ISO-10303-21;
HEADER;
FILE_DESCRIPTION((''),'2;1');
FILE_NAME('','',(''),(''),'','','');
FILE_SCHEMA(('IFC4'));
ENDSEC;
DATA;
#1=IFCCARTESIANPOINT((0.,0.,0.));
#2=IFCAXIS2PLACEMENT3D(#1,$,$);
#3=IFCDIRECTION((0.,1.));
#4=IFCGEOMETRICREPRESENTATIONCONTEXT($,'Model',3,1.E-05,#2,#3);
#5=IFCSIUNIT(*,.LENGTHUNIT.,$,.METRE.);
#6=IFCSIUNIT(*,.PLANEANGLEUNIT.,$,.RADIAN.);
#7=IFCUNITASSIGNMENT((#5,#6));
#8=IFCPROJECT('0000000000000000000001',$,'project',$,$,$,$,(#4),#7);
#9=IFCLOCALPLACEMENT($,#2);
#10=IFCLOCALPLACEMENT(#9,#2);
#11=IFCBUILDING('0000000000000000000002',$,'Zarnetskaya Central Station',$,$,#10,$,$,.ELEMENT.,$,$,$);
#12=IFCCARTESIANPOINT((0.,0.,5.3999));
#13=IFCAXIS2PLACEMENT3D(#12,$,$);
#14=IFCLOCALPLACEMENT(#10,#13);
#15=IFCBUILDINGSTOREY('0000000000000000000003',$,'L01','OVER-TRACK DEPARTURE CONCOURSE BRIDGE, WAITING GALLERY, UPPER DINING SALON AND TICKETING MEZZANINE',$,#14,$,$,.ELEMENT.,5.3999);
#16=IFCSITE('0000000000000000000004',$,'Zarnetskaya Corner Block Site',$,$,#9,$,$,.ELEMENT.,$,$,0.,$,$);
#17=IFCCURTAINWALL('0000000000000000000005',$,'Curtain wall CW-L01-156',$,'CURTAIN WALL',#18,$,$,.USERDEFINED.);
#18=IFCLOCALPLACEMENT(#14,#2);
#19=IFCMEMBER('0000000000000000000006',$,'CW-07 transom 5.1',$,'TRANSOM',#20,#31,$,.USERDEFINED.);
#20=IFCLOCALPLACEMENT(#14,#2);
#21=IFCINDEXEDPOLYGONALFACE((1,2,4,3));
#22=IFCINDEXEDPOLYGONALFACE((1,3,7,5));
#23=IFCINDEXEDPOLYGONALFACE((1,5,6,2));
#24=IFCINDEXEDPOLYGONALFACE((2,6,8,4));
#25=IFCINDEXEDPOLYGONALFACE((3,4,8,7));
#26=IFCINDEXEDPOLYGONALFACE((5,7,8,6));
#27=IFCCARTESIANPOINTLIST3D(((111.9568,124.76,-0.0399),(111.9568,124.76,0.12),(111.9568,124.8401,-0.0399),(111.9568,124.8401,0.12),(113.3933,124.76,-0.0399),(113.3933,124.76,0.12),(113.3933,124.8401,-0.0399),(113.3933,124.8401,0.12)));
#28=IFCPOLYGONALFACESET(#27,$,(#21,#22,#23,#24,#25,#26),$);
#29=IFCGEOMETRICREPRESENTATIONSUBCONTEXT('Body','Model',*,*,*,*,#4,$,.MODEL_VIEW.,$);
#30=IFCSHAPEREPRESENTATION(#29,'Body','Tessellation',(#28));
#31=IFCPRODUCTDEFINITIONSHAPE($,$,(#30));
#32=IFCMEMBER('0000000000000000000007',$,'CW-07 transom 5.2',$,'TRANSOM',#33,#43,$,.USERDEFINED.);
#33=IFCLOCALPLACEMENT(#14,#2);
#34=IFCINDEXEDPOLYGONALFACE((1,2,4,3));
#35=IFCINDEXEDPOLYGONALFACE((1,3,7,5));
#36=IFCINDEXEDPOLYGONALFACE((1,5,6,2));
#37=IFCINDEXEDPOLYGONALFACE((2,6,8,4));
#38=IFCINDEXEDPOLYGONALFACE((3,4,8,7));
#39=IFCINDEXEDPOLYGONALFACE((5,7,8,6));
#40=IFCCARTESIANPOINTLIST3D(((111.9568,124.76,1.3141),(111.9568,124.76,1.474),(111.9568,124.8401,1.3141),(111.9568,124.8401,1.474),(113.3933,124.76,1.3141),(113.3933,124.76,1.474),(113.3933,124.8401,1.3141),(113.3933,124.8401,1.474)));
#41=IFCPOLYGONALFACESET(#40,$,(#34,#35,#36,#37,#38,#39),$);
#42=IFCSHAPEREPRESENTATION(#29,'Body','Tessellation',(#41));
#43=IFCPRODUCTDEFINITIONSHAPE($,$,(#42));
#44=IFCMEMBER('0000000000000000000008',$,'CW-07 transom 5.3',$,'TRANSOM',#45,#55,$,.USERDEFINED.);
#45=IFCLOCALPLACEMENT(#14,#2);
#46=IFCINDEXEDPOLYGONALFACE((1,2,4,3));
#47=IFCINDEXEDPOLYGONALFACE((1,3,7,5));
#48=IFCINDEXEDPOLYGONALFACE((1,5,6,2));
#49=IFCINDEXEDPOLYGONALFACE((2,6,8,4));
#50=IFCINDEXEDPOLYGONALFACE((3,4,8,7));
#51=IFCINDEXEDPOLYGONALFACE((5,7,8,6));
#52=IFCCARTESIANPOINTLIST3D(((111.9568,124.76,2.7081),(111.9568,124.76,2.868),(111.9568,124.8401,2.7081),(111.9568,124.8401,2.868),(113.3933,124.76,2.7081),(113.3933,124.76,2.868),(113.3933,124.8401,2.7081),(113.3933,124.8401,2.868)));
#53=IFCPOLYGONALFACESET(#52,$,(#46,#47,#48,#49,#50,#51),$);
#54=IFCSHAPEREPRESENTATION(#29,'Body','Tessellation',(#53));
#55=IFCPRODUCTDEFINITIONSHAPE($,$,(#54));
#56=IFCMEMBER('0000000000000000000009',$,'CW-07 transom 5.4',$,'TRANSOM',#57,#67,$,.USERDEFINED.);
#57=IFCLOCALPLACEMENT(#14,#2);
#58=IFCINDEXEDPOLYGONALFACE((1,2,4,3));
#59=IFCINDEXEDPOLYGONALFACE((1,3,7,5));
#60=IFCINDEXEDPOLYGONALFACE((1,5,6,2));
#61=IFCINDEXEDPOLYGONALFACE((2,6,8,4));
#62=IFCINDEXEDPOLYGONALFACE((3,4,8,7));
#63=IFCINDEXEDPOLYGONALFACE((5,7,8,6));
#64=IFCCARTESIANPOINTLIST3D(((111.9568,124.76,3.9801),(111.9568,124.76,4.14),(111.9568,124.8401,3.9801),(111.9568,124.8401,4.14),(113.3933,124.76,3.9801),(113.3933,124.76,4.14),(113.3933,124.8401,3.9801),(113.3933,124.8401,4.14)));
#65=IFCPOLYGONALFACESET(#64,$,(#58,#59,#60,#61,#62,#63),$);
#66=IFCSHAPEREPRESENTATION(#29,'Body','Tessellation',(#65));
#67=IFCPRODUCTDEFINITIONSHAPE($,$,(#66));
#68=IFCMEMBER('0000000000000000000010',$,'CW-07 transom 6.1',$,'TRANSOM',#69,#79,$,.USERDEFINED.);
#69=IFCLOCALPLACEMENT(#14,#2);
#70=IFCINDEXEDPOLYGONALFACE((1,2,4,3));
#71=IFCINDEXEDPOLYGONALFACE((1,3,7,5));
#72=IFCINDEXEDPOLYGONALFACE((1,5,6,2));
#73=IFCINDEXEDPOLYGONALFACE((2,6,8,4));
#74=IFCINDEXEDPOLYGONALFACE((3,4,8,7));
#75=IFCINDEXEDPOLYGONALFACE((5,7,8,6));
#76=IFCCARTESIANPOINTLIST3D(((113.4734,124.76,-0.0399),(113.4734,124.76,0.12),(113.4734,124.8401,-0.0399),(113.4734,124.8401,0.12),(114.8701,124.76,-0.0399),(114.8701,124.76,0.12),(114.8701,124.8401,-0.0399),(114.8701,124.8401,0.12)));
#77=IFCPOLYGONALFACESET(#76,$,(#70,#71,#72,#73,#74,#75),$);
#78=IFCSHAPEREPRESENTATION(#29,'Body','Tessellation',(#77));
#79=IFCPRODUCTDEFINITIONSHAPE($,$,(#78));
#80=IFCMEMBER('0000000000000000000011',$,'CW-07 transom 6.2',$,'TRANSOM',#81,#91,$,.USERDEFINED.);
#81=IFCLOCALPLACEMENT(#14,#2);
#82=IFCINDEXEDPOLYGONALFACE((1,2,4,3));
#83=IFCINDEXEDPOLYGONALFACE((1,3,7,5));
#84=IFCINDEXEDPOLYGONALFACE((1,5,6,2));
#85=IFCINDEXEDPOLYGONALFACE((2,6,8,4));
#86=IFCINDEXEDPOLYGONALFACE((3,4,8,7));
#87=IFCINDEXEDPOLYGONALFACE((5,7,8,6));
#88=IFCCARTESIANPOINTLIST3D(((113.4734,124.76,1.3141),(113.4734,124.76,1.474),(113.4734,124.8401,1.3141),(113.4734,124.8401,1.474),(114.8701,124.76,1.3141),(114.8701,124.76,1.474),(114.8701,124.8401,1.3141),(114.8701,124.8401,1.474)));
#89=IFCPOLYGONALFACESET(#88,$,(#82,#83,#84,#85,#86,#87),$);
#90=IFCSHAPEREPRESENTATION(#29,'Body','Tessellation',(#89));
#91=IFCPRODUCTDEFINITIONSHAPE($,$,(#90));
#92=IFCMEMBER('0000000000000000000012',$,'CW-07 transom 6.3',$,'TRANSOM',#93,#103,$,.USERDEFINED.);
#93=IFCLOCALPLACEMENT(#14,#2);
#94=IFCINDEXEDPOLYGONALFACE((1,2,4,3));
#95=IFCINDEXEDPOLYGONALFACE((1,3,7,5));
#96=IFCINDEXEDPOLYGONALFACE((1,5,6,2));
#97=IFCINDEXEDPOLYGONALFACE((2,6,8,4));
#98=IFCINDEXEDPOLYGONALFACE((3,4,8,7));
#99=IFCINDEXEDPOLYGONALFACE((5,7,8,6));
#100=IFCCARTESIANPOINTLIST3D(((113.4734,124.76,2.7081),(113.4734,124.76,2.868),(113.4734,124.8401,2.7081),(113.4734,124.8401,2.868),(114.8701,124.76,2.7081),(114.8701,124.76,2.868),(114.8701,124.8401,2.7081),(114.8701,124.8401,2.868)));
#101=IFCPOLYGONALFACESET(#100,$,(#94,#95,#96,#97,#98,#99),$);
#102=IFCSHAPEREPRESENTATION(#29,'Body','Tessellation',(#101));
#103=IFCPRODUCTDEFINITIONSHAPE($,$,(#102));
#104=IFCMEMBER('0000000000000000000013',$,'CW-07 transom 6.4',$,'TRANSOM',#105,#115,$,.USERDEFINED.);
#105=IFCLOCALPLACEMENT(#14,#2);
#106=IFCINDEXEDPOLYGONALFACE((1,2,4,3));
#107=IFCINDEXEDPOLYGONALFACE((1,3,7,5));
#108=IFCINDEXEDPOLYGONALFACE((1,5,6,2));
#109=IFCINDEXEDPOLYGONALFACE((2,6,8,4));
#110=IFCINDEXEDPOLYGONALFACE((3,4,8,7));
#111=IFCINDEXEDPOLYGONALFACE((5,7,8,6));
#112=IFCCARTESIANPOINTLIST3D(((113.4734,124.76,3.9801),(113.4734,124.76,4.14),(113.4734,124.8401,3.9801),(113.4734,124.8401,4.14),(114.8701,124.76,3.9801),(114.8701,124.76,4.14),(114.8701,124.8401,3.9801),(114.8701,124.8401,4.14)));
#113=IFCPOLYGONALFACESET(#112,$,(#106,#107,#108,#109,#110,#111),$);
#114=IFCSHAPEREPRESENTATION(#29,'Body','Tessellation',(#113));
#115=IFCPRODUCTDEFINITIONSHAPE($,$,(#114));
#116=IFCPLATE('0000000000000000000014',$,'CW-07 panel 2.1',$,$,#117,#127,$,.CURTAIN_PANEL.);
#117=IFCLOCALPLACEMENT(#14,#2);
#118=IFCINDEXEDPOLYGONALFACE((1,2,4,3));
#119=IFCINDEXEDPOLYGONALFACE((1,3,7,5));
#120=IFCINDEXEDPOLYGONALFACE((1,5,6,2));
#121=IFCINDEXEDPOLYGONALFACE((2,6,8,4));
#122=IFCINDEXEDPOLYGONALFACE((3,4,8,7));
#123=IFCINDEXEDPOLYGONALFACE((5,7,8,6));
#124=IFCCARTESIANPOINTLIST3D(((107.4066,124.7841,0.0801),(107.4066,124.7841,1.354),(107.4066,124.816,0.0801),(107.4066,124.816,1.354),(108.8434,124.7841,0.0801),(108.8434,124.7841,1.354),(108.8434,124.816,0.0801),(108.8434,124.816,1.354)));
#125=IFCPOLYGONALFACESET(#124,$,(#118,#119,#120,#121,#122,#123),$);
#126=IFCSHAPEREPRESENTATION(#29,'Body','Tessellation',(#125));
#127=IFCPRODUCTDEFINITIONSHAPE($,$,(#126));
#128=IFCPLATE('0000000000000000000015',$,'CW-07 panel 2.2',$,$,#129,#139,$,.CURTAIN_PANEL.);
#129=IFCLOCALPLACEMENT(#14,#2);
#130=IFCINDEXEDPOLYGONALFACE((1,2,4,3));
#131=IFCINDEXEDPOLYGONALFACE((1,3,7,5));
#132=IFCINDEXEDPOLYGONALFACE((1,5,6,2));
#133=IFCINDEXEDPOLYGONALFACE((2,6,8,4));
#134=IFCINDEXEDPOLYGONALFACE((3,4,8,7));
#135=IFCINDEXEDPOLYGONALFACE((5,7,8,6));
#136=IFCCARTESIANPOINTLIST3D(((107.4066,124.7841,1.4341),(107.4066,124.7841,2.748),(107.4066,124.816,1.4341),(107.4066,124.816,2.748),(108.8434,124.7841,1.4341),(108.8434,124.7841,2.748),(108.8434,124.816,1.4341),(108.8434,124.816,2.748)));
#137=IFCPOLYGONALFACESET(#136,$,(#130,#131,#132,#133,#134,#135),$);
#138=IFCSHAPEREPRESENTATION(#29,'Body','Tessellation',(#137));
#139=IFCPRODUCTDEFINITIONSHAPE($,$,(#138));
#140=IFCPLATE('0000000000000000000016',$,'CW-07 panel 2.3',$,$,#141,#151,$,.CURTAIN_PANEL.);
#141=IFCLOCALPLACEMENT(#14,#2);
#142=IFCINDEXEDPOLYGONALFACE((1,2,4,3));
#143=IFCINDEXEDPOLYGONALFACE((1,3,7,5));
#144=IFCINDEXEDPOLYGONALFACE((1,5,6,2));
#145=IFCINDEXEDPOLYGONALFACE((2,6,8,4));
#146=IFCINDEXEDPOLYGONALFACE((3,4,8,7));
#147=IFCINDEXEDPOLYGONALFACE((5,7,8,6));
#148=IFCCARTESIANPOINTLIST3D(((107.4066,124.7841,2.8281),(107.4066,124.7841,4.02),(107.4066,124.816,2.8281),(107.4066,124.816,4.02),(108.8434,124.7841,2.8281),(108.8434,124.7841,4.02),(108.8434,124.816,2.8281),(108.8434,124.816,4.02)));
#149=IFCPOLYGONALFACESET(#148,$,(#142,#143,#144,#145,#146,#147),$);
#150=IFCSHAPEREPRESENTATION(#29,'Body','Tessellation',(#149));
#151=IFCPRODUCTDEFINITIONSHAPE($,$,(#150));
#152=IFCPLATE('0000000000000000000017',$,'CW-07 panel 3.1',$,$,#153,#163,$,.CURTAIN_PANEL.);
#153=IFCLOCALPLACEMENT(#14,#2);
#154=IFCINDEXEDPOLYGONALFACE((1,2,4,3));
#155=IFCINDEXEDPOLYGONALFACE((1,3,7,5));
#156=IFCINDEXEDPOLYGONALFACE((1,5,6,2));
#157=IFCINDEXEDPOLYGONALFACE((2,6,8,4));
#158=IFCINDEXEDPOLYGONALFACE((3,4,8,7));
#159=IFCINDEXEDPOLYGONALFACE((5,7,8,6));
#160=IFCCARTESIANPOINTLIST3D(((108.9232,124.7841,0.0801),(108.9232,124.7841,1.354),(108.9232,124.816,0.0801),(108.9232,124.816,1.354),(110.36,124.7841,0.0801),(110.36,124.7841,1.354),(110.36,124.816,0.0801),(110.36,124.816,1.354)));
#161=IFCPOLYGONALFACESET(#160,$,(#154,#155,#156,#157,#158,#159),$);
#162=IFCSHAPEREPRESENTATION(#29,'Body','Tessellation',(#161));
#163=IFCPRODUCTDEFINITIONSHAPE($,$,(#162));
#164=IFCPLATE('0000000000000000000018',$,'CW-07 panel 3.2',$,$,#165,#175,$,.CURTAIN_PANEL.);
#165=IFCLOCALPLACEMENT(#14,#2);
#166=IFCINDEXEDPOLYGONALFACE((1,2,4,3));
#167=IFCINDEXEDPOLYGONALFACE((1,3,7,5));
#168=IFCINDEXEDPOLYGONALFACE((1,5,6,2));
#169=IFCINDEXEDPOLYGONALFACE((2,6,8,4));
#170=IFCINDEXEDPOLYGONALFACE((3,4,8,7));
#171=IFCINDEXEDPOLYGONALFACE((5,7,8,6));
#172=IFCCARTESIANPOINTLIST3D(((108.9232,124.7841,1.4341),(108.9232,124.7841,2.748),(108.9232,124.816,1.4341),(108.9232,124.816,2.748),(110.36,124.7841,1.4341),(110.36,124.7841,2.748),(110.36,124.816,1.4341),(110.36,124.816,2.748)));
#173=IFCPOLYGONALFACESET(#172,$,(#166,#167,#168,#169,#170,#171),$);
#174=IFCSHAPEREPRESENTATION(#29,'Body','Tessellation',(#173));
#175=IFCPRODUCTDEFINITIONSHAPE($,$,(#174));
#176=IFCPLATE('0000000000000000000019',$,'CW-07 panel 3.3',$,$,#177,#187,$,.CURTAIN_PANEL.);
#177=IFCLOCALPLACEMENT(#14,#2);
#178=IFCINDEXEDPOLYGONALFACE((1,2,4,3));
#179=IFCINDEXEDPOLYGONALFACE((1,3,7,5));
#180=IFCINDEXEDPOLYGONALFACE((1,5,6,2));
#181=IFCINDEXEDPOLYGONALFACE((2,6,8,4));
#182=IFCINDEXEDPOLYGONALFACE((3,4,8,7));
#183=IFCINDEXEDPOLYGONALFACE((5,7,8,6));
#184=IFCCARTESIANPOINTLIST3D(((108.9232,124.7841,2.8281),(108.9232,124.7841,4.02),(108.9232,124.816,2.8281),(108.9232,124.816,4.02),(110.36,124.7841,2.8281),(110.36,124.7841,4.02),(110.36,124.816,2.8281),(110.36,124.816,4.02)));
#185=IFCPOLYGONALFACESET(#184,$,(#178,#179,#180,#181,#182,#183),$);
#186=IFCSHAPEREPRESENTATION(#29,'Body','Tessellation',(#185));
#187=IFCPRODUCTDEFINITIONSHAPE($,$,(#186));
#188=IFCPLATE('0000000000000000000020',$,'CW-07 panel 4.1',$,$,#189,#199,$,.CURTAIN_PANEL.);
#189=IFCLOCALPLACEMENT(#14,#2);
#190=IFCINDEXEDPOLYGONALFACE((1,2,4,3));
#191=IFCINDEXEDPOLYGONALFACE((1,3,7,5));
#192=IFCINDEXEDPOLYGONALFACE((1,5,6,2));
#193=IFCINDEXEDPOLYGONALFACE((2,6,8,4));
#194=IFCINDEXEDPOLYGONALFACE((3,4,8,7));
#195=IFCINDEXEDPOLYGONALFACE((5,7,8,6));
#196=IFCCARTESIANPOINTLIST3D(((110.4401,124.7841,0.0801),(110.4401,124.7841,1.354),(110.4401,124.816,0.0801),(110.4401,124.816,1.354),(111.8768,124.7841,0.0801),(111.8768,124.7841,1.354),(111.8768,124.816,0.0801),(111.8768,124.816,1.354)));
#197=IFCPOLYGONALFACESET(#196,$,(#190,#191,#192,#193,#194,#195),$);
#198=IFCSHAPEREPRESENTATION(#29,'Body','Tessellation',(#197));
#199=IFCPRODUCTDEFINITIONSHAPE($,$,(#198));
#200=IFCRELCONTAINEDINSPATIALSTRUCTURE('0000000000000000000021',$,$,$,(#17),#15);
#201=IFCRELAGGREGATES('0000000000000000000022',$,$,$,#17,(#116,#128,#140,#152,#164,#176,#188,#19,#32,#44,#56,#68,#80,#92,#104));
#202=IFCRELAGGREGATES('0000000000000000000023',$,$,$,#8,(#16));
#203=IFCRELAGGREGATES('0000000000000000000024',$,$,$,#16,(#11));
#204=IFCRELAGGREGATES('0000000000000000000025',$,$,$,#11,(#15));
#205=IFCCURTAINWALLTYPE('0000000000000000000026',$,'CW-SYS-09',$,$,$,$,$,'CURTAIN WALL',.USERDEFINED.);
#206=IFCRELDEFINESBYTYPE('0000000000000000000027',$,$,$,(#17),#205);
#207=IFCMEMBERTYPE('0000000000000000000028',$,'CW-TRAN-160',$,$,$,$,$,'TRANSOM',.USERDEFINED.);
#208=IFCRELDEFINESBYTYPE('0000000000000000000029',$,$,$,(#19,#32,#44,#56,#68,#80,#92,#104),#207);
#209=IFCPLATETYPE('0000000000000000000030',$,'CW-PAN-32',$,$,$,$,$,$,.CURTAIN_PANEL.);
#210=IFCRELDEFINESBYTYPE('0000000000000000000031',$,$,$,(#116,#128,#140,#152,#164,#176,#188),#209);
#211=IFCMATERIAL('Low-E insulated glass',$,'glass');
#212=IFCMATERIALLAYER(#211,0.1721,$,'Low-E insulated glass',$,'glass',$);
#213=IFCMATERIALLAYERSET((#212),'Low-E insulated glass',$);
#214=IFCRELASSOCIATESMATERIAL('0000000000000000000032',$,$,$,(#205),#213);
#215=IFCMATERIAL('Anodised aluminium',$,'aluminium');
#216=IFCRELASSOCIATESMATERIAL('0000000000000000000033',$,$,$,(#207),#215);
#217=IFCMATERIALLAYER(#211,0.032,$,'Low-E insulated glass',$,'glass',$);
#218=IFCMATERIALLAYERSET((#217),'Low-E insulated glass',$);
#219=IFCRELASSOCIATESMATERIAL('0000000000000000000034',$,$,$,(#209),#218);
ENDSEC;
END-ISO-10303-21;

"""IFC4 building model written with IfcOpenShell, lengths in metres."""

from ifc_helpers import new_model, si_unit, direction, frame, origin, origin_2d, place, context, subcontext, project, spatial, rectangle, extrude, material, layer, layer_set, material_profile, profile_set, type_object, element, aggregate, save


model = new_model("IFC4")

# Units and contexts
model_context = context("Model", 3, precision=1e-05, world=origin(), true_north=direction((0.0, 1.0)))
body_context = subcontext(model_context, "Body", "Model", "MODEL_VIEW")
ifc_project = project(units=[si_unit("LENGTHUNIT", "METRE"), si_unit("PLANEANGLEUNIT", "RADIAN")], contexts=[model_context])

# Site, building, storey
site_placement = place(None, origin())
site = spatial("IfcSite", under=ifc_project, at=site_placement, Name="Zarnetskaya Corner Block Site", CompositionType="ELEMENT", RefElevation=0.0)
building_placement = place(site_placement, origin())
building = spatial("IfcBuilding", under=site, at=building_placement, Name="Zarnetskaya Central Station", CompositionType="ELEMENT")
storey_placement = place(building_placement, frame((0.0, 0.0, 5.3999)))
storey = spatial("IfcBuildingStorey", under=building, at=storey_placement, Name="L01", Description="OVER-TRACK DEPARTURE CONCOURSE BRIDGE, WAITING GALLERY, UPPER DINING SALON AND TICKETING MEZZANINE", CompositionType="ELEMENT", Elevation=5.3999)

# Curtain wall, members, plates
ifc_material_1 = material(Name="Low-E insulated glass", Category="glass")
ifc_layer_1 = layer(ifc_material_1, 0.1721, Name="Low-E insulated glass", Category="glass")
ifc_layer_set_1 = layer_set([ifc_layer_1], Name="Low-E insulated glass")
curtain_wall_type = type_object("IfcCurtainWallType", Name="CW-SYS-09", ElementType="CURTAIN WALL", PredefinedType="USERDEFINED", material=ifc_layer_set_1)
curtain_wall_placement = place(storey_placement, origin())
curtain_wall = element("IfcCurtainWall", 1, at=curtain_wall_placement, inside=storey, type_object=curtain_wall_type, Name="Curtain wall CW-L01-156", ObjectType="CURTAIN WALL", PredefinedType="USERDEFINED")
ifc_material_2 = material(Name="Anodised aluminium", Category="aluminium")
ifc_material_profile_1 = material_profile(ifc_material_2, rectangle(XDim=0.0801, YDim=0.1599, at=origin_2d()), Name="ALU TRAN 80x160")
ifc_profile_set_1 = profile_set([ifc_material_profile_1], Name="Anodised aluminium")
member_type_1 = type_object("IfcMemberType", Name="CW-TRAN-160", ElementType="TRANSOM", PredefinedType="USERDEFINED", material=ifc_profile_set_1)
member_1_placement = place(storey_placement, frame((111.9568, 124.8, 0.04), z_axis=(1.0, 0.0, 0.0), x_axis=(0.0, 1.0, 0.0)))
member_1 = element("IfcMember", 2, at=member_1_placement, type_object=member_type_1, Name="CW-07 transom 5.1", ObjectType="TRANSOM", PredefinedType="USERDEFINED", context=body_context, shape_type="SweptSolid", body=[
    extrude(rectangle(XDim=0.0801, YDim=0.1599, at=origin_2d()), origin(), (0.0, 0.0, 1.0), 1.4365),
])
member_2_placement = place(storey_placement, frame((111.9568, 124.8, 1.394), z_axis=(1.0, 0.0, 0.0), x_axis=(0.0, 1.0, 0.0)))
member_2 = element("IfcMember", 3, at=member_2_placement, type_object=member_type_1, Name="CW-07 transom 5.2", ObjectType="TRANSOM", PredefinedType="USERDEFINED", context=body_context, shape_type="SweptSolid", body=[
    extrude(rectangle(XDim=0.0801, YDim=0.1599, at=origin_2d()), origin(), (0.0, 0.0, 1.0), 1.4365),
])
member_3_placement = place(storey_placement, frame((111.9568, 124.8, 2.7881), z_axis=(1.0, 0.0, 0.0), x_axis=(0.0, 1.0, 0.0)))
member_3 = element("IfcMember", 4, at=member_3_placement, type_object=member_type_1, Name="CW-07 transom 5.3", ObjectType="TRANSOM", PredefinedType="USERDEFINED", context=body_context, shape_type="SweptSolid", body=[
    extrude(rectangle(XDim=0.0801, YDim=0.1599, at=origin_2d()), origin(), (0.0, 0.0, 1.0), 1.4365),
])
member_4_placement = place(storey_placement, frame((111.9568, 124.8, 4.0601), z_axis=(1.0, 0.0, 0.0), x_axis=(0.0, 1.0, 0.0)))
member_4 = element("IfcMember", 5, at=member_4_placement, type_object=member_type_1, Name="CW-07 transom 5.4", ObjectType="TRANSOM", PredefinedType="USERDEFINED", context=body_context, shape_type="SweptSolid", body=[
    extrude(rectangle(XDim=0.0801, YDim=0.1599, at=origin_2d()), origin(), (0.0, 0.0, 1.0), 1.4365),
])
member_5_placement = place(storey_placement, frame((113.4734, 124.8, 0.04), z_axis=(1.0, 0.0, 0.0), x_axis=(0.0, 1.0, 0.0)))
member_5 = element("IfcMember", 6, at=member_5_placement, type_object=member_type_1, Name="CW-07 transom 6.1", ObjectType="TRANSOM", PredefinedType="USERDEFINED", context=body_context, shape_type="SweptSolid", body=[
    extrude(rectangle(XDim=0.0801, YDim=0.1599, at=origin_2d()), origin(), (0.0, 0.0, 1.0), 1.3967),
])
member_6_placement = place(storey_placement, frame((113.4734, 124.8, 1.394), z_axis=(1.0, 0.0, 0.0), x_axis=(0.0, 1.0, 0.0)))
member_6 = element("IfcMember", 7, at=member_6_placement, type_object=member_type_1, Name="CW-07 transom 6.2", ObjectType="TRANSOM", PredefinedType="USERDEFINED", context=body_context, shape_type="SweptSolid", body=[
    extrude(rectangle(XDim=0.0801, YDim=0.1599, at=origin_2d()), origin(), (0.0, 0.0, 1.0), 1.3967),
])
member_7_placement = place(storey_placement, frame((113.4734, 124.8, 2.7881), z_axis=(1.0, 0.0, 0.0), x_axis=(0.0, 1.0, 0.0)))
member_7 = element("IfcMember", 8, at=member_7_placement, type_object=member_type_1, Name="CW-07 transom 6.3", ObjectType="TRANSOM", PredefinedType="USERDEFINED", context=body_context, shape_type="SweptSolid", body=[
    extrude(rectangle(XDim=0.0801, YDim=0.1599, at=origin_2d()), origin(), (0.0, 0.0, 1.0), 1.3967),
])
member_8_placement = place(storey_placement, frame((113.4734, 124.8, 4.0601), z_axis=(1.0, 0.0, 0.0), x_axis=(0.0, 1.0, 0.0)))
member_8 = element("IfcMember", 9, at=member_8_placement, type_object=member_type_1, Name="CW-07 transom 6.4", ObjectType="TRANSOM", PredefinedType="USERDEFINED", context=body_context, shape_type="SweptSolid", body=[
    extrude(rectangle(XDim=0.0801, YDim=0.1599, at=origin_2d()), origin(), (0.0, 0.0, 1.0), 1.3967),
])
ifc_layer_2 = layer(ifc_material_1, 0.032, Name="Low-E insulated glass", Category="glass")
ifc_layer_set_2 = layer_set([ifc_layer_2], Name="Low-E insulated glass")
plate_type = type_object("IfcPlateType", Name="CW-PAN-32", PredefinedType="CURTAIN_PANEL", material=ifc_layer_set_2)
plate_1_placement = place(storey_placement, frame((108.125, 124.8, 0.0801), z_axis=(0.0, 0.0, 1.0), x_axis=(1.0, 0.0, 0.0)))
plate_1 = element("IfcPlate", 10, at=plate_1_placement, type_object=plate_type, Name="CW-07 panel 2.1", PredefinedType="CURTAIN_PANEL", context=body_context, shape_type="SweptSolid", body=[
    extrude(rectangle(XDim=1.4368, YDim=0.032, at=origin_2d()), origin(), (0.0, 0.0, 1.0), 1.2739),
])
plate_2_placement = place(storey_placement, frame((108.125, 124.8, 1.4341), z_axis=(0.0, 0.0, 1.0), x_axis=(1.0, 0.0, 0.0)))
plate_2 = element("IfcPlate", 11, at=plate_2_placement, type_object=plate_type, Name="CW-07 panel 2.2", PredefinedType="CURTAIN_PANEL", context=body_context, shape_type="SweptSolid", body=[
    extrude(rectangle(XDim=1.4368, YDim=0.032, at=origin_2d()), origin(), (0.0, 0.0, 1.0), 1.314),
])
plate_3_placement = place(storey_placement, frame((108.125, 124.8, 2.8281), z_axis=(0.0, 0.0, 1.0), x_axis=(1.0, 0.0, 0.0)))
plate_3 = element("IfcPlate", 12, at=plate_3_placement, type_object=plate_type, Name="CW-07 panel 2.3", PredefinedType="CURTAIN_PANEL", context=body_context, shape_type="SweptSolid", body=[
    extrude(rectangle(XDim=1.4368, YDim=0.032, at=origin_2d()), origin(), (0.0, 0.0, 1.0), 1.1919),
])
plate_4_placement = place(storey_placement, frame((109.6416, 124.8, 0.0801), z_axis=(0.0, 0.0, 1.0), x_axis=(1.0, 0.0, 0.0)))
plate_4 = element("IfcPlate", 13, at=plate_4_placement, type_object=plate_type, Name="CW-07 panel 3.1", PredefinedType="CURTAIN_PANEL", context=body_context, shape_type="SweptSolid", body=[
    extrude(rectangle(XDim=1.4368, YDim=0.032, at=origin_2d()), origin(), (0.0, 0.0, 1.0), 1.2739),
])
plate_5_placement = place(storey_placement, frame((109.6416, 124.8, 1.4341), z_axis=(0.0, 0.0, 1.0), x_axis=(1.0, 0.0, 0.0)))
plate_5 = element("IfcPlate", 14, at=plate_5_placement, type_object=plate_type, Name="CW-07 panel 3.2", PredefinedType="CURTAIN_PANEL", context=body_context, shape_type="SweptSolid", body=[
    extrude(rectangle(XDim=1.4368, YDim=0.032, at=origin_2d()), origin(), (0.0, 0.0, 1.0), 1.314),
])
plate_6_placement = place(storey_placement, frame((109.6416, 124.8, 2.8281), z_axis=(0.0, 0.0, 1.0), x_axis=(1.0, 0.0, 0.0)))
plate_6 = element("IfcPlate", 15, at=plate_6_placement, type_object=plate_type, Name="CW-07 panel 3.3", PredefinedType="CURTAIN_PANEL", context=body_context, shape_type="SweptSolid", body=[
    extrude(rectangle(XDim=1.4368, YDim=0.032, at=origin_2d()), origin(), (0.0, 0.0, 1.0), 1.1919),
])
plate_7_placement = place(storey_placement, frame((111.1584, 124.8, 0.0801), z_axis=(0.0, 0.0, 1.0), x_axis=(1.0, 0.0, 0.0)))
plate_7 = element("IfcPlate", 16, at=plate_7_placement, type_object=plate_type, Name="CW-07 panel 4.1", PredefinedType="CURTAIN_PANEL", context=body_context, shape_type="SweptSolid", body=[
    extrude(rectangle(XDim=1.4368, YDim=0.032, at=origin_2d()), origin(), (0.0, 0.0, 1.0), 1.2739),
])
aggregate(curtain_wall, [plate_1, plate_2, plate_3, plate_4, plate_5, plate_6, plate_7, member_1, member_2, member_3, member_4, member_5, member_6, member_7, member_8])

save(model, "model.ifc")
